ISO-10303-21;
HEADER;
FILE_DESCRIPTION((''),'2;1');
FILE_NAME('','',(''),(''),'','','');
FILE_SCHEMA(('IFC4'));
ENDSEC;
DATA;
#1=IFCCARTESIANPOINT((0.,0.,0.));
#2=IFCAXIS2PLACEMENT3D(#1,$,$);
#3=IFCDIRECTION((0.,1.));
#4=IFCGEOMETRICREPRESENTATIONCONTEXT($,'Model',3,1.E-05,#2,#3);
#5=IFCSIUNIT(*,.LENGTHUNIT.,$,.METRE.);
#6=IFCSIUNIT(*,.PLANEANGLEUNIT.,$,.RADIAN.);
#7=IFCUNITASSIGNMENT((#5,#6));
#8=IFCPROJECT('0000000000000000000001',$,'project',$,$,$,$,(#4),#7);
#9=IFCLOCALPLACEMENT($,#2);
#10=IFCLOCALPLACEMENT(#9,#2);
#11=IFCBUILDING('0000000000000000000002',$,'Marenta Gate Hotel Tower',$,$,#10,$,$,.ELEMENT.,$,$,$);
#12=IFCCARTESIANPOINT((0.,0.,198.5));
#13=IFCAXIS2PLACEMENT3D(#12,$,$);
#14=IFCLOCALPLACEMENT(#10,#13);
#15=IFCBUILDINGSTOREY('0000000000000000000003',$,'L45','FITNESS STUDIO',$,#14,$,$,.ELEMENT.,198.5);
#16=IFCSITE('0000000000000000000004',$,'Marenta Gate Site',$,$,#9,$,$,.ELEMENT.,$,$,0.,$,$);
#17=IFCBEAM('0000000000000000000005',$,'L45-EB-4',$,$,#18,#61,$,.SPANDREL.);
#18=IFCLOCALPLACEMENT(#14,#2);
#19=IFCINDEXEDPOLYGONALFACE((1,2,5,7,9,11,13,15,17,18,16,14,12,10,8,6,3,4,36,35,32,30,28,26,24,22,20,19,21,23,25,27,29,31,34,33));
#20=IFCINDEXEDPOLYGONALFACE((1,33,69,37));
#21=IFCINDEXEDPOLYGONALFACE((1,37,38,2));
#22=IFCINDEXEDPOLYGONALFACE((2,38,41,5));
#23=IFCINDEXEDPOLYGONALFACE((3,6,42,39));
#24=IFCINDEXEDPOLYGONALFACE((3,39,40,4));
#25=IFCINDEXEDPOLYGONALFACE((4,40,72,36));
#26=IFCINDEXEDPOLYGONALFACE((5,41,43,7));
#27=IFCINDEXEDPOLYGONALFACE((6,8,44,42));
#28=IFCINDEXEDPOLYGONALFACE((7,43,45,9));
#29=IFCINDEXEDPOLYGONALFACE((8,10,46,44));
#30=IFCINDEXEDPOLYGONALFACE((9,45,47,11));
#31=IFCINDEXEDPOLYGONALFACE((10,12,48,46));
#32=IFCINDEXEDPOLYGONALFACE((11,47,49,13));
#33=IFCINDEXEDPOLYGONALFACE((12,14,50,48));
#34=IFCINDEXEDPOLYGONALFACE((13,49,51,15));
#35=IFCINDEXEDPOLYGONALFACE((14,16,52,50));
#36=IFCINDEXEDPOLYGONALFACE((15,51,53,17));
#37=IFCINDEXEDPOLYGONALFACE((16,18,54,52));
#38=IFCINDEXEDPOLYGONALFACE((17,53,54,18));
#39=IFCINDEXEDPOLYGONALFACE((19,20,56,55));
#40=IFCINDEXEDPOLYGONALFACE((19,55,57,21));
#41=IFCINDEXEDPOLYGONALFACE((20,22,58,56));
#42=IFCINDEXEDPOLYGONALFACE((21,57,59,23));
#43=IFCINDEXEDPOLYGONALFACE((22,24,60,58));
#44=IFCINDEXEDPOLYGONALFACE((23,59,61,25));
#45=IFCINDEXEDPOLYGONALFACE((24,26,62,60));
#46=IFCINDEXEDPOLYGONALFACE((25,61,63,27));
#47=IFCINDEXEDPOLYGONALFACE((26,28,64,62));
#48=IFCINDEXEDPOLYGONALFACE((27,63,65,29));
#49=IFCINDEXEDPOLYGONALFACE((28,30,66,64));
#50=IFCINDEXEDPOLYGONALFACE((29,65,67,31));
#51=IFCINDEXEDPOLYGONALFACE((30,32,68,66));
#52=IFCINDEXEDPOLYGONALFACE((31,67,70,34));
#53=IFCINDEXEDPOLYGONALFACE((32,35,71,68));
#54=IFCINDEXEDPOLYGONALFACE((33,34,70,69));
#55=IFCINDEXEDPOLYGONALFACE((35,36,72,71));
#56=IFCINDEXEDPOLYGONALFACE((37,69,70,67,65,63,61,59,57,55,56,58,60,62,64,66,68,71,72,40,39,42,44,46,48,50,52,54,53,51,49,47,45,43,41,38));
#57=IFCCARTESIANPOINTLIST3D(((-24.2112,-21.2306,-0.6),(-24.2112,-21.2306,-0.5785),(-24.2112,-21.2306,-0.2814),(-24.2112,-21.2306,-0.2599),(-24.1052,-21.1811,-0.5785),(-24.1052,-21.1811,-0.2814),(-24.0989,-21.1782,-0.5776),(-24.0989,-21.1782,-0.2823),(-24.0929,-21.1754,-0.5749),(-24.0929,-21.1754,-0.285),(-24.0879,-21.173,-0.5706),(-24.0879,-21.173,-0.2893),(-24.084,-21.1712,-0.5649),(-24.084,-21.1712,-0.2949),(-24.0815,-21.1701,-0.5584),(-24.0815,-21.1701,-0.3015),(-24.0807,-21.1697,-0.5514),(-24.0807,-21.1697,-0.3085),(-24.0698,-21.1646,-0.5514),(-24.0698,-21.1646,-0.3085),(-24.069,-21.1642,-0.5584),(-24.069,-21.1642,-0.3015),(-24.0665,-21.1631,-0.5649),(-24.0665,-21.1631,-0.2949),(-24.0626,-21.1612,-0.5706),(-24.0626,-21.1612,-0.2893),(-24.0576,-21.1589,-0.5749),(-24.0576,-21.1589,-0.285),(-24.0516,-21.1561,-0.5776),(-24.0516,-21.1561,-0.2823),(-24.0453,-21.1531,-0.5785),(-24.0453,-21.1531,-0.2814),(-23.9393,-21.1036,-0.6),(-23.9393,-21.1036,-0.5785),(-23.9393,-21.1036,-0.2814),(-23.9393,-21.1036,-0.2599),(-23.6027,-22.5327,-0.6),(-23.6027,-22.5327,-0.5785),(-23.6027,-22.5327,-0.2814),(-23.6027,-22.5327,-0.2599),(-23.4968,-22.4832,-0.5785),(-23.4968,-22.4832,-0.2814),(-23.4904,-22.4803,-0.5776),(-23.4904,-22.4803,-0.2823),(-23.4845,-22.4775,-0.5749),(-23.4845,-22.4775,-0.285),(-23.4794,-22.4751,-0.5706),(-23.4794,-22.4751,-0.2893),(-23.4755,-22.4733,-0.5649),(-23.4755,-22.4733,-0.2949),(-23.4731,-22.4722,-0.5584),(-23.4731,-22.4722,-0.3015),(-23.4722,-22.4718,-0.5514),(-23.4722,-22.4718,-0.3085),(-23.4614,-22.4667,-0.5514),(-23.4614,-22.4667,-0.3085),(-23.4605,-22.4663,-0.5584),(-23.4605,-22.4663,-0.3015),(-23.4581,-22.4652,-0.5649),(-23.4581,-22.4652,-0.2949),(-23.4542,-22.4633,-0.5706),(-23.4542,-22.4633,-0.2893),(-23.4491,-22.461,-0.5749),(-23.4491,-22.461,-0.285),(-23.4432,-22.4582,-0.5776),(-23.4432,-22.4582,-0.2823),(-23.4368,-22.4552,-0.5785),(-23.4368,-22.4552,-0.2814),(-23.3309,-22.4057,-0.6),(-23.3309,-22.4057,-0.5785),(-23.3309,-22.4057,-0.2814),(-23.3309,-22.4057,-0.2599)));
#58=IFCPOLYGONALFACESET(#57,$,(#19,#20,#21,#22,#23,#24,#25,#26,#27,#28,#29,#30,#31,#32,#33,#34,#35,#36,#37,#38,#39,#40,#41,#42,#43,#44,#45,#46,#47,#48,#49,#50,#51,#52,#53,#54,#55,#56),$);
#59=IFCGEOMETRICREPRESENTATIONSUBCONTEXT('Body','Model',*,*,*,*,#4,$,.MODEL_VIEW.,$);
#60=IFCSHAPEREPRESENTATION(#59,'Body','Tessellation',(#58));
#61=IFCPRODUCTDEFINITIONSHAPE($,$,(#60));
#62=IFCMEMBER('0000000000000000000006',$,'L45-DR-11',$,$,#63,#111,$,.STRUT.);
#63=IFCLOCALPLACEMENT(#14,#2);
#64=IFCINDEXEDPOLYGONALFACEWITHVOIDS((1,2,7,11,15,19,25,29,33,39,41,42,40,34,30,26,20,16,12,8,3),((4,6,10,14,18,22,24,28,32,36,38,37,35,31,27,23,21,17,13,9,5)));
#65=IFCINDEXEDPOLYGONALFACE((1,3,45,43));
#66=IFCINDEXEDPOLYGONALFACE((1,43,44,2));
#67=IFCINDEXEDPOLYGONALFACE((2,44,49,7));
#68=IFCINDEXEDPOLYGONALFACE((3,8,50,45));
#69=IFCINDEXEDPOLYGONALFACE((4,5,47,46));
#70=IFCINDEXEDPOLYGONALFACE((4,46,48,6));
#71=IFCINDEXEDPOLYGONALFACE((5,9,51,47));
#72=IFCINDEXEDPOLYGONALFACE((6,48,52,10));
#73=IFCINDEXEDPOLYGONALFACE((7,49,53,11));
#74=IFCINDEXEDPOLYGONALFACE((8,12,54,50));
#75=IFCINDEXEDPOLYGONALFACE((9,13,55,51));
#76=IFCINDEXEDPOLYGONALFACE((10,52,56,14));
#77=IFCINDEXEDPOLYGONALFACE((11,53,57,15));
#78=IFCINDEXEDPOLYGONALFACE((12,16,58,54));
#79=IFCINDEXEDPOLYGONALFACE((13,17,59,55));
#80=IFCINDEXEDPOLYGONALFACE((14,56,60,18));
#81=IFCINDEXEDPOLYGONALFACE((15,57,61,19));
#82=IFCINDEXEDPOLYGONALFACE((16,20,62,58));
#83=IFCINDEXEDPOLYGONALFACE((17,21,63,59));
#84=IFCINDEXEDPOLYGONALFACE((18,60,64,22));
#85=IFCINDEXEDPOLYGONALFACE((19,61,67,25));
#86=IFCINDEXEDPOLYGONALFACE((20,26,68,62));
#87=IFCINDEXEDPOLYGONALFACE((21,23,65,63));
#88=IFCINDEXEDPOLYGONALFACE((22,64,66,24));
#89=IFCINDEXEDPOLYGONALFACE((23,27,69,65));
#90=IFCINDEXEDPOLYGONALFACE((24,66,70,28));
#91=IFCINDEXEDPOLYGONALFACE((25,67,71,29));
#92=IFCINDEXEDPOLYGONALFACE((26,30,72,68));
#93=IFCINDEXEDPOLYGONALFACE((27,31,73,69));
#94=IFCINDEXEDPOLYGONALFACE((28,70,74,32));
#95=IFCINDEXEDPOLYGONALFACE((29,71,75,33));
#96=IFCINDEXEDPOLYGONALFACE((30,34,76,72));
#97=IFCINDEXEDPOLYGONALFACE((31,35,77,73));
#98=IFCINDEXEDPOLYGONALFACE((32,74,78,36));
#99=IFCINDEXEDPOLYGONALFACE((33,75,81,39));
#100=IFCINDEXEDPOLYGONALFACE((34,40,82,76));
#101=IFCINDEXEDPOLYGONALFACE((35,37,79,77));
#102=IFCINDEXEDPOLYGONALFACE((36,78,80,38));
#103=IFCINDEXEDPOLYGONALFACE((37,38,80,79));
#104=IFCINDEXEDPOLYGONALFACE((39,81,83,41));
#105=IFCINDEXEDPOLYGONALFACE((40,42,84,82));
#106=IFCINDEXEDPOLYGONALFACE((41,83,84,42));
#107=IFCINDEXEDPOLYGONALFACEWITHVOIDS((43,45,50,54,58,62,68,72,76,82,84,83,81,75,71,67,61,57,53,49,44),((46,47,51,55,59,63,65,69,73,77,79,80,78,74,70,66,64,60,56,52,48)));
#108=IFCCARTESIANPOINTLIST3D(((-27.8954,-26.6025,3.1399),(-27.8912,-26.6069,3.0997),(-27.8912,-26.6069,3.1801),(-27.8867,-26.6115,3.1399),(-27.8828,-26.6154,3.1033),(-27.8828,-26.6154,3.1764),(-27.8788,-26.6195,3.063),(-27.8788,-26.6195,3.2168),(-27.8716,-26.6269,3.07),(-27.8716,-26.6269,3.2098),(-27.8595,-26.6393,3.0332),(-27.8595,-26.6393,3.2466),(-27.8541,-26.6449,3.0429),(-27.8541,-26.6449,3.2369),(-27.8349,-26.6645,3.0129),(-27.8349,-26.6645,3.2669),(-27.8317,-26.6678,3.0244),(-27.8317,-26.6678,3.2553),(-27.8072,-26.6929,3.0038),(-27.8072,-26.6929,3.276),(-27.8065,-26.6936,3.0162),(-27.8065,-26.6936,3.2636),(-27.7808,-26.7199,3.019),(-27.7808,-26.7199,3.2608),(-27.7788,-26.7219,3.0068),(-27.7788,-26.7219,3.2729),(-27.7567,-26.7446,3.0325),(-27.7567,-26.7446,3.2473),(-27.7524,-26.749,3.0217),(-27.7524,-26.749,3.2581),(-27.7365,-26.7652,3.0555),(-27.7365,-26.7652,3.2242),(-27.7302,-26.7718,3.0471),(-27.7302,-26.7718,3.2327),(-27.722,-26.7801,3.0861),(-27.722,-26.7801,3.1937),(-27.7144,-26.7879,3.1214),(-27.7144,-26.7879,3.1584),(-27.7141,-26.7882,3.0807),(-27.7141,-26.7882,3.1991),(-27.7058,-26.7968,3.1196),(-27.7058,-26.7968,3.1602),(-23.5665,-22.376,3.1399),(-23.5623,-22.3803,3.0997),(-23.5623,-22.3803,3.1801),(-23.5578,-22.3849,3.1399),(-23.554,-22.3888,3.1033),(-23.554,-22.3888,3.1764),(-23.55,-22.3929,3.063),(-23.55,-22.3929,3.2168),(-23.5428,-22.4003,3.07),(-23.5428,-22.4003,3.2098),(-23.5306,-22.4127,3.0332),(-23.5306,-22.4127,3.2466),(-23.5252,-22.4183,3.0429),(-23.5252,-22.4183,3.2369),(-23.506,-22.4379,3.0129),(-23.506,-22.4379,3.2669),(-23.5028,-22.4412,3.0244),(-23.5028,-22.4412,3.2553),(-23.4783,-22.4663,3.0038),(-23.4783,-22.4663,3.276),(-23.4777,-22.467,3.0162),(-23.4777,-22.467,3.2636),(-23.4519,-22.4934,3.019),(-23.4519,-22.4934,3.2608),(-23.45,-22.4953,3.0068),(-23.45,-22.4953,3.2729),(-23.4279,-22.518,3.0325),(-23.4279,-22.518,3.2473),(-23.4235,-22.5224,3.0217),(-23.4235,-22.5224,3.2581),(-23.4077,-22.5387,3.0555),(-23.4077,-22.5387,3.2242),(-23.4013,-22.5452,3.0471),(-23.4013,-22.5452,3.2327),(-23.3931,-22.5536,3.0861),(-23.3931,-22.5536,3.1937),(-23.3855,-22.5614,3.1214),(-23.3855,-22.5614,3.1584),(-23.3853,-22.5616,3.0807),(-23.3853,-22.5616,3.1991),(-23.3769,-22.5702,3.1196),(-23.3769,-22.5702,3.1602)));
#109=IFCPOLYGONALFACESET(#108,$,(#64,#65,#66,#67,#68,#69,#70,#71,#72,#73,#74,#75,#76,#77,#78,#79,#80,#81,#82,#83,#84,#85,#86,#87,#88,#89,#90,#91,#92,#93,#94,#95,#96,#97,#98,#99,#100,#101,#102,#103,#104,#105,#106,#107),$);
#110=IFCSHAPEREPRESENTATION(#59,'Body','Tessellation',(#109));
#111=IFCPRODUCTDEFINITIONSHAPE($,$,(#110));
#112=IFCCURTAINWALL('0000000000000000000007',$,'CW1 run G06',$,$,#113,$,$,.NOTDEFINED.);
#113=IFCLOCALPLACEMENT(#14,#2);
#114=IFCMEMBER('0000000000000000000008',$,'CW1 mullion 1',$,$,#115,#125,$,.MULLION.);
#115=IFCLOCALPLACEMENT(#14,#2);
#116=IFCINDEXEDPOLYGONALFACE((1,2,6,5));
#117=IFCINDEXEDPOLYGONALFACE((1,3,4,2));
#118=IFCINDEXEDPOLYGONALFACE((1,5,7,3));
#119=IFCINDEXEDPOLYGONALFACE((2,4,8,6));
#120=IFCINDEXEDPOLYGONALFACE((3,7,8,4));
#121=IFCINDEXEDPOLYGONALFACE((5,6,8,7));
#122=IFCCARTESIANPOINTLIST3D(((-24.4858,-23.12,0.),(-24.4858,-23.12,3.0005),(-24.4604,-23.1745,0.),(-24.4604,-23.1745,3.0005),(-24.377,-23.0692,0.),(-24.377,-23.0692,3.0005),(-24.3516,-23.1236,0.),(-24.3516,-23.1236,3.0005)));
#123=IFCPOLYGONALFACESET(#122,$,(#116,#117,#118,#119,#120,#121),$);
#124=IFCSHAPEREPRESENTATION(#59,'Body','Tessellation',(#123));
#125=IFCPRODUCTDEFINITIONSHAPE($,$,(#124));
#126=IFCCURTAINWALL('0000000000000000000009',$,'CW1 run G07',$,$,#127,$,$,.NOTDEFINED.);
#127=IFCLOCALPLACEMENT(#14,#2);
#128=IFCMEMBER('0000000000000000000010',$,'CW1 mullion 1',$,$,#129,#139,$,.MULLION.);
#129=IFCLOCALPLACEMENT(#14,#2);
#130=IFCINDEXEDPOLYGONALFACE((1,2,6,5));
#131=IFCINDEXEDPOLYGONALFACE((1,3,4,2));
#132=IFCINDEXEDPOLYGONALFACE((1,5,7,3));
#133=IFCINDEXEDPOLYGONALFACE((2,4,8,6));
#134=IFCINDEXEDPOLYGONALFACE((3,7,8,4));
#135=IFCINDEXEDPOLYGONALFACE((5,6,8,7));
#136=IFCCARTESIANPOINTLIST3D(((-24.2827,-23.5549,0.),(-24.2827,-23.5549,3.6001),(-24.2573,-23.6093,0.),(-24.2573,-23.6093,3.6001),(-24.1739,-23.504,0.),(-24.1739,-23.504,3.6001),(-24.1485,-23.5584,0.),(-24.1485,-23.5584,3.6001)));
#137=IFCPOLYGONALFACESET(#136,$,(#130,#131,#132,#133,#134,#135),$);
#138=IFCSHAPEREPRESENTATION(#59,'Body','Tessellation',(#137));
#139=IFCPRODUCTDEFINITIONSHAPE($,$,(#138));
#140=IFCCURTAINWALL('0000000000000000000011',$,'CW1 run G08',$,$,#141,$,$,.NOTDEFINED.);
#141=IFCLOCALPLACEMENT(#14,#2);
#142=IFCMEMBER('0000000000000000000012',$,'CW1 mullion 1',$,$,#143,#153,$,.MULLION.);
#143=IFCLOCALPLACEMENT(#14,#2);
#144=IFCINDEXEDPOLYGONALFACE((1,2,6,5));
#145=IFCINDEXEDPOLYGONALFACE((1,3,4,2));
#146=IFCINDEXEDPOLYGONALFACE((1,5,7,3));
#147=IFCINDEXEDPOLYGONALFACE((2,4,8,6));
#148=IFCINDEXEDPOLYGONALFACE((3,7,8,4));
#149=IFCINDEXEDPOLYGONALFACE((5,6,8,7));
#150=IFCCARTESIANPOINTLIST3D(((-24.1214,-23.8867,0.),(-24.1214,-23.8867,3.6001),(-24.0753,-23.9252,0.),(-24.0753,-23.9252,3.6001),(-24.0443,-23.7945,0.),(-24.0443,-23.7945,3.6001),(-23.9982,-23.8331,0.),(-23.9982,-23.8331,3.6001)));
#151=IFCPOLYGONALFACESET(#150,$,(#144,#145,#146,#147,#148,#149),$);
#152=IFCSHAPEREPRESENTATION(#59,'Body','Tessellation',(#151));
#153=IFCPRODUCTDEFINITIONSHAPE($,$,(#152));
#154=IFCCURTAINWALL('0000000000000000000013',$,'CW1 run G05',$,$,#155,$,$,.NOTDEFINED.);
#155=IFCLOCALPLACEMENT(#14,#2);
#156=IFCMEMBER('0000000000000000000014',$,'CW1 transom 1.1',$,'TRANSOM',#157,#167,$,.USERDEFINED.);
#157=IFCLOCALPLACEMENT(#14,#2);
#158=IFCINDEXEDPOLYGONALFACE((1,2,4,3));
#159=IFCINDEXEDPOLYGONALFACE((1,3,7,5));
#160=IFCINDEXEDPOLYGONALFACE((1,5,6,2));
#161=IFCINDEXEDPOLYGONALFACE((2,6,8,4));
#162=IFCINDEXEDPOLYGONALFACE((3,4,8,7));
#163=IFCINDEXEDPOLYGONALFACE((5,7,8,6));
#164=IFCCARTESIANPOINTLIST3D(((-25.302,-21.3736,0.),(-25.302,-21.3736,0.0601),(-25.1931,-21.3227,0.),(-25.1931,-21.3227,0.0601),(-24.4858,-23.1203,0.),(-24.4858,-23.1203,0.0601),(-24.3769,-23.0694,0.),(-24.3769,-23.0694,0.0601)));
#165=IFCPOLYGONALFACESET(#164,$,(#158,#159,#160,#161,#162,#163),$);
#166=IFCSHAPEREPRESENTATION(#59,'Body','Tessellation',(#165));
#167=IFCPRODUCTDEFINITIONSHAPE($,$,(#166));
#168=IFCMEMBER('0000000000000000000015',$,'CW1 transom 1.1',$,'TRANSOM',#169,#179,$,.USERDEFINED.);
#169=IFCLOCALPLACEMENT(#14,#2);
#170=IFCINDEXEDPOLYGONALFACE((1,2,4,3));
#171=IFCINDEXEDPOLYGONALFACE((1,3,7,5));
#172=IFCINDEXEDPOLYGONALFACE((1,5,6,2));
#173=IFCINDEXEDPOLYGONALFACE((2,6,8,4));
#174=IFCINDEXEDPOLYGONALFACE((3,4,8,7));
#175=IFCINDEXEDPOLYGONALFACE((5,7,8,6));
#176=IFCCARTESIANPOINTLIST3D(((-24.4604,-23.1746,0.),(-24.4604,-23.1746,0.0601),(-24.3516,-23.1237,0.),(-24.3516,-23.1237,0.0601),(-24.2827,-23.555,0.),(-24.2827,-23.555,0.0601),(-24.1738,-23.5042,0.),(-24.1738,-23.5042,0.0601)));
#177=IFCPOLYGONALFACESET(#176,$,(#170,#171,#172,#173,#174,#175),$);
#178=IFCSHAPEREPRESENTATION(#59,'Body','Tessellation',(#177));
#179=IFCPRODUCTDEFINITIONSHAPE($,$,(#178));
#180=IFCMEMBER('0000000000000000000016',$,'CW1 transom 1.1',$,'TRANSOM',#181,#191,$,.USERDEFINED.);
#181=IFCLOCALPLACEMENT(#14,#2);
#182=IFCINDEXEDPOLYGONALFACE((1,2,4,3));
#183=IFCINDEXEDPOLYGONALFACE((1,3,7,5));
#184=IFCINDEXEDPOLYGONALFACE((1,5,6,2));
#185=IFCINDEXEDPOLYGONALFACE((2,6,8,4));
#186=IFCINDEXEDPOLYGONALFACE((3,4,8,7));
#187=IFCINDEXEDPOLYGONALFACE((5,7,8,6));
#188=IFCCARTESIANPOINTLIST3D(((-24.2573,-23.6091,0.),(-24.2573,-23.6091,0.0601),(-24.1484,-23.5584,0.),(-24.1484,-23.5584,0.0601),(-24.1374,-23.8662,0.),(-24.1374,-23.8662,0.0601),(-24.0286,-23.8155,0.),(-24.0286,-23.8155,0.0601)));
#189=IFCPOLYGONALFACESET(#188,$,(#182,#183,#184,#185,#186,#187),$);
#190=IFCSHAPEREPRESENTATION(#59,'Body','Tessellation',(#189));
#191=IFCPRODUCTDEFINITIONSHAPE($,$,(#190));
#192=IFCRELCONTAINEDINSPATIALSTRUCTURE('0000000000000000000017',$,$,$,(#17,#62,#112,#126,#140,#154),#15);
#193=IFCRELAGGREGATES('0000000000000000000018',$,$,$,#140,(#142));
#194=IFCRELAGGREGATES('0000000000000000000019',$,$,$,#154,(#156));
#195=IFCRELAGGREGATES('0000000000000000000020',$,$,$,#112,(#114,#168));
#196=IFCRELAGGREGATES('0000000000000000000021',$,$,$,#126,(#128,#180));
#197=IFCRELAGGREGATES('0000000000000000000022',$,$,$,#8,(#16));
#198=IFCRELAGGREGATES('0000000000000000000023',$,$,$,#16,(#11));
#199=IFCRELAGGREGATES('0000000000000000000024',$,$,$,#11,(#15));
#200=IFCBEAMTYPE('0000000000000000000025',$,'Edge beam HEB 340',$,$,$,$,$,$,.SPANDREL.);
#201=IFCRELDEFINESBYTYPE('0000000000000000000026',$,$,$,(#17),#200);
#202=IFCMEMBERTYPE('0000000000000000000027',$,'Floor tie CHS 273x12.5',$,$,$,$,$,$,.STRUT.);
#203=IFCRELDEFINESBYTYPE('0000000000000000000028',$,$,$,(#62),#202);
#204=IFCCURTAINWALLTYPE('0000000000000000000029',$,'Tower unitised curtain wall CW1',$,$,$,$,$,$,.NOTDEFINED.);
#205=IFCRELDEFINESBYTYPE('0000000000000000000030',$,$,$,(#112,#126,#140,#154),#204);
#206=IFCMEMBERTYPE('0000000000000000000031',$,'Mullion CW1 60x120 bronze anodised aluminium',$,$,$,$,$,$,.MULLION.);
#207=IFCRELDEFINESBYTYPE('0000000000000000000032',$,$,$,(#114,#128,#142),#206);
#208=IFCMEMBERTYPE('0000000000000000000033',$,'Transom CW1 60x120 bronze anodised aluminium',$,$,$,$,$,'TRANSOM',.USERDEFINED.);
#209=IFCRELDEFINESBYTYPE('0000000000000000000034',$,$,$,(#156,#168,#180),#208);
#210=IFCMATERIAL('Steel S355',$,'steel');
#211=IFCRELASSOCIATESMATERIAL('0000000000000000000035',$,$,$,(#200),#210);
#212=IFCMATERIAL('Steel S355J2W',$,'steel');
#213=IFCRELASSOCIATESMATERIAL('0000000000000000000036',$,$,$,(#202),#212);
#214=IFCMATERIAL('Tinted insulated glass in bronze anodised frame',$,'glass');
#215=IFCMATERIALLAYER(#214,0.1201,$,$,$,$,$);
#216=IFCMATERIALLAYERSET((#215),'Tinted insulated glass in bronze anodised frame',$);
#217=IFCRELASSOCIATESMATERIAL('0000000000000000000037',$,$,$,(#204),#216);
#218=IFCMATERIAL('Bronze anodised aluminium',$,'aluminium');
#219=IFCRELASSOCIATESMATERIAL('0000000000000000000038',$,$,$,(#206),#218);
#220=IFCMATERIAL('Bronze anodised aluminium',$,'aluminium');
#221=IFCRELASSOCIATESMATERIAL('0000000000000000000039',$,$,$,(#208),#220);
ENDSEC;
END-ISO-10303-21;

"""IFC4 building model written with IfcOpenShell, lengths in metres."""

from ifc_helpers import new_model, si_unit, direction, frame, origin, origin_2d, place, context, subcontext, project, spatial, rectangle, hollow_circle, i_section, extrude, material, layer, layer_set, material_profile, profile_set, type_object, element, aggregate, save


model = new_model("IFC4")

# Units and contexts
model_context = context("Model", 3, precision=1e-05, world=origin(), true_north=direction((0.0, 1.0)))
body_context = subcontext(model_context, "Body", "Model", "MODEL_VIEW")
ifc_project = project(units=[si_unit("LENGTHUNIT", "METRE"), si_unit("PLANEANGLEUNIT", "RADIAN")], contexts=[model_context])

# Site, building, storey
site_placement = place(None, origin())
site = spatial("IfcSite", under=ifc_project, at=site_placement, Name="Marenta Gate Site", CompositionType="ELEMENT", RefElevation=0.0)
building_placement = place(site_placement, origin())
building = spatial("IfcBuilding", under=site, at=building_placement, Name="Marenta Gate Hotel Tower", CompositionType="ELEMENT")
storey_placement = place(building_placement, frame((0.0, 0.0, 198.5)))
storey = spatial("IfcBuildingStorey", under=building, at=storey_placement, Name="L45", Description="FITNESS STUDIO", CompositionType="ELEMENT", Elevation=198.5)

# Beam
ifc_material_1 = material(Name="Steel S355", Category="steel")
ifc_material_profile_1 = material_profile(ifc_material_1, i_section(OverallWidth=0.3, OverallDepth=0.3401, WebThickness=0.012, FlangeThickness=0.0215, FilletRadius=0.0271, at=origin_2d()), Name="HEB 340")
ifc_profile_set_1 = profile_set([ifc_material_profile_1], Name="Steel S355")
beam_type = type_object("IfcBeamType", Name="Edge beam HEB 340", PredefinedType="SPANDREL", material=ifc_profile_set_1)
beam_placement = place(storey_placement, frame((-23.4668, -22.4692, -0.4299), z_axis=(-0.423341, 0.90597, 0.0), x_axis=(-0.90597, -0.423341, 0.0)))
element("IfcBeam", 1, at=beam_placement, inside=storey, type_object=beam_type, Name="L45-EB-4", PredefinedType="SPANDREL", context=body_context, shape_type="SweptSolid", body=[
    extrude(i_section(OverallWidth=0.3, OverallDepth=0.3401, WebThickness=0.012, FlangeThickness=0.0215, FilletRadius=0.0271, at=origin_2d()), origin(), (0.0, 0.0, 1.0), 1.4373),
])

# Member
ifc_material_2 = material(Name="Steel S355J2W", Category="steel")
ifc_material_profile_2 = material_profile(ifc_material_2, hollow_circle(Radius=0.1365, WallThickness=0.0125, at=origin_2d()), Name="CHS 273x12.5")
ifc_profile_set_2 = profile_set([ifc_material_profile_2], Name="Steel S355J2W")
member_type_1 = type_object("IfcMemberType", Name="Floor tie CHS 273x12.5", PredefinedType="STRUT", material=ifc_profile_set_2)
member_1_placement = place(storey_placement, frame((-27.8, -26.7002, 3.1399), z_axis=(0.71551, 0.698602, 0.0), x_axis=(-0.698602, 0.71551, 0.0)))
element("IfcMember", 2, at=member_1_placement, inside=storey, type_object=member_type_1, Name="L45-DR-11", PredefinedType="STRUT", context=body_context, shape_type="SweptSolid", body=[
    extrude(hollow_circle(Radius=0.1365, WallThickness=0.0125, at=origin_2d()), origin(), (0.0, 0.0, 1.0), 6.05),
])

# Curtain walls, members
ifc_material_3 = material(Name="Tinted insulated glass in bronze anodised frame", Category="glass")
ifc_layer_1 = layer(ifc_material_3, 0.1201)
ifc_layer_set_1 = layer_set([ifc_layer_1], Name="Tinted insulated glass in bronze anodised frame")
curtain_wall_type = type_object("IfcCurtainWallType", Name="Tower unitised curtain wall CW1", PredefinedType="NOTDEFINED", material=ifc_layer_set_1)
curtain_wall_1_placement = place(storey_placement, origin())
curtain_wall_1 = element("IfcCurtainWall", 3, at=curtain_wall_1_placement, inside=storey, type_object=curtain_wall_type, Name="CW1 run G06", PredefinedType="NOTDEFINED")
ifc_material_4 = material(Name="Bronze anodised aluminium", Category="aluminium")
ifc_material_profile_3 = material_profile(ifc_material_4, rectangle(XDim=0.1201, YDim=0.0601, at=origin_2d()), Name="Mullion CW1 60x120 bronze anodised aluminium")
ifc_profile_set_3 = profile_set([ifc_material_profile_3], Name="Bronze anodised aluminium")
member_type_2 = type_object("IfcMemberType", Name="Mullion CW1 60x120 bronze anodised aluminium", PredefinedType="MULLION", material=ifc_profile_set_3)
member_2_placement = place(storey_placement, frame((-24.4187, -23.1218, 0.0), z_axis=(0.0, 0.0, 1.0), x_axis=(0.905949, 0.423387, 0.0)))
member_2 = element("IfcMember", 4, at=member_2_placement, type_object=member_type_2, Name="CW1 mullion 1", PredefinedType="MULLION", context=body_context, shape_type="SweptSolid", body=[
    extrude(rectangle(XDim=0.1201, YDim=0.0601, at=origin_2d()), origin(), (0.0, 0.0, 1.0), 3.0005),
])
curtain_wall_2_placement = place(storey_placement, origin())
curtain_wall_2 = element("IfcCurtainWall", 5, at=curtain_wall_2_placement, inside=storey, type_object=curtain_wall_type, Name="CW1 run G07", PredefinedType="NOTDEFINED")
member_3_placement = place(storey_placement, frame((-24.2156, -23.5566, 0.0), z_axis=(0.0, 0.0, 1.0), x_axis=(0.90599, 0.4233, 0.0)))
member_3 = element("IfcMember", 6, at=member_3_placement, type_object=member_type_2, Name="CW1 mullion 1", PredefinedType="MULLION", context=body_context, shape_type="SweptSolid", body=[
    extrude(rectangle(XDim=0.1201, YDim=0.0601, at=origin_2d()), origin(), (0.0, 0.0, 1.0), 3.6001),
])
curtain_wall_3_placement = place(storey_placement, origin())
curtain_wall_3 = element("IfcCurtainWall", 7, at=curtain_wall_3_placement, inside=storey, type_object=curtain_wall_type, Name="CW1 run G08", PredefinedType="NOTDEFINED")
member_4_placement = place(storey_placement, frame((-24.0598, -23.8599, 0.0), z_axis=(0.0, 0.0, 1.0), x_axis=(0.641525, 0.767102, 0.0)))
member_4 = element("IfcMember", 8, at=member_4_placement, type_object=member_type_2, Name="CW1 mullion 1", PredefinedType="MULLION", context=body_context, shape_type="SweptSolid", body=[
    extrude(rectangle(XDim=0.1201, YDim=0.0601, at=origin_2d()), origin(), (0.0, 0.0, 1.0), 3.6001),
])
curtain_wall_4_placement = place(storey_placement, origin())
curtain_wall_4 = element("IfcCurtainWall", 9, at=curtain_wall_4_placement, inside=storey, type_object=curtain_wall_type, Name="CW1 run G05", PredefinedType="NOTDEFINED")
ifc_material_5 = material(Name="Bronze anodised aluminium", Category="aluminium")
ifc_material_profile_4 = material_profile(ifc_material_5, rectangle(XDim=0.1201, YDim=0.0601, at=origin_2d()), Name="Transom CW1 60x120 bronze anodised aluminium")
ifc_profile_set_4 = profile_set([ifc_material_profile_4], Name="Bronze anodised aluminium")
member_type_3 = type_object("IfcMemberType", Name="Transom CW1 60x120 bronze anodised aluminium", ElementType="TRANSOM", PredefinedType="USERDEFINED", material=ifc_profile_set_4)
member_5_placement = place(storey_placement, frame((-25.2476, -21.3481, 0.03), z_axis=(0.42335, -0.905966, 0.0), x_axis=(0.905966, 0.42335, 0.0)))
member_5 = element("IfcMember", 10, at=member_5_placement, type_object=member_type_3, Name="CW1 transom 1.1", ObjectType="TRANSOM", PredefinedType="USERDEFINED", context=body_context, shape_type="SweptSolid", body=[
    extrude(rectangle(XDim=0.1201, YDim=0.0601, at=origin_2d()), origin(), (0.0, 0.0, 1.0), 1.928),
])

# Members
member_6_placement = place(storey_placement, frame((-24.406, -23.1492, 0.03), z_axis=(0.423331, -0.905975, 0.0), x_axis=(0.905975, 0.423331, 0.0)))
member_6 = element("IfcMember", 11, at=member_6_placement, type_object=member_type_3, Name="CW1 transom 1.1", ObjectType="TRANSOM", PredefinedType="USERDEFINED", context=body_context, shape_type="SweptSolid", body=[
    extrude(rectangle(XDim=0.1201, YDim=0.0601, at=origin_2d()), origin(), (0.0, 0.0, 1.0), 0.4199),
])
member_7_placement = place(storey_placement, frame((-24.2029, -23.5837, 0.03), z_axis=(0.422603, -0.906315, 0.0), x_axis=(0.906315, 0.422603, 0.0)))
member_7 = element("IfcMember", 12, at=member_7_placement, type_object=member_type_3, Name="CW1 transom 1.1", ObjectType="TRANSOM", PredefinedType="USERDEFINED", context=body_context, shape_type="SweptSolid", body=[
    extrude(rectangle(XDim=0.1201, YDim=0.0601, at=origin_2d()), origin(), (0.0, 0.0, 1.0), 0.2837),
])
aggregate(curtain_wall_3, [member_4])

aggregate(curtain_wall_4, [member_5])
aggregate(curtain_wall_1, [member_2, member_6])
aggregate(curtain_wall_2, [member_3, member_7])

save(model, "model.ifc")
